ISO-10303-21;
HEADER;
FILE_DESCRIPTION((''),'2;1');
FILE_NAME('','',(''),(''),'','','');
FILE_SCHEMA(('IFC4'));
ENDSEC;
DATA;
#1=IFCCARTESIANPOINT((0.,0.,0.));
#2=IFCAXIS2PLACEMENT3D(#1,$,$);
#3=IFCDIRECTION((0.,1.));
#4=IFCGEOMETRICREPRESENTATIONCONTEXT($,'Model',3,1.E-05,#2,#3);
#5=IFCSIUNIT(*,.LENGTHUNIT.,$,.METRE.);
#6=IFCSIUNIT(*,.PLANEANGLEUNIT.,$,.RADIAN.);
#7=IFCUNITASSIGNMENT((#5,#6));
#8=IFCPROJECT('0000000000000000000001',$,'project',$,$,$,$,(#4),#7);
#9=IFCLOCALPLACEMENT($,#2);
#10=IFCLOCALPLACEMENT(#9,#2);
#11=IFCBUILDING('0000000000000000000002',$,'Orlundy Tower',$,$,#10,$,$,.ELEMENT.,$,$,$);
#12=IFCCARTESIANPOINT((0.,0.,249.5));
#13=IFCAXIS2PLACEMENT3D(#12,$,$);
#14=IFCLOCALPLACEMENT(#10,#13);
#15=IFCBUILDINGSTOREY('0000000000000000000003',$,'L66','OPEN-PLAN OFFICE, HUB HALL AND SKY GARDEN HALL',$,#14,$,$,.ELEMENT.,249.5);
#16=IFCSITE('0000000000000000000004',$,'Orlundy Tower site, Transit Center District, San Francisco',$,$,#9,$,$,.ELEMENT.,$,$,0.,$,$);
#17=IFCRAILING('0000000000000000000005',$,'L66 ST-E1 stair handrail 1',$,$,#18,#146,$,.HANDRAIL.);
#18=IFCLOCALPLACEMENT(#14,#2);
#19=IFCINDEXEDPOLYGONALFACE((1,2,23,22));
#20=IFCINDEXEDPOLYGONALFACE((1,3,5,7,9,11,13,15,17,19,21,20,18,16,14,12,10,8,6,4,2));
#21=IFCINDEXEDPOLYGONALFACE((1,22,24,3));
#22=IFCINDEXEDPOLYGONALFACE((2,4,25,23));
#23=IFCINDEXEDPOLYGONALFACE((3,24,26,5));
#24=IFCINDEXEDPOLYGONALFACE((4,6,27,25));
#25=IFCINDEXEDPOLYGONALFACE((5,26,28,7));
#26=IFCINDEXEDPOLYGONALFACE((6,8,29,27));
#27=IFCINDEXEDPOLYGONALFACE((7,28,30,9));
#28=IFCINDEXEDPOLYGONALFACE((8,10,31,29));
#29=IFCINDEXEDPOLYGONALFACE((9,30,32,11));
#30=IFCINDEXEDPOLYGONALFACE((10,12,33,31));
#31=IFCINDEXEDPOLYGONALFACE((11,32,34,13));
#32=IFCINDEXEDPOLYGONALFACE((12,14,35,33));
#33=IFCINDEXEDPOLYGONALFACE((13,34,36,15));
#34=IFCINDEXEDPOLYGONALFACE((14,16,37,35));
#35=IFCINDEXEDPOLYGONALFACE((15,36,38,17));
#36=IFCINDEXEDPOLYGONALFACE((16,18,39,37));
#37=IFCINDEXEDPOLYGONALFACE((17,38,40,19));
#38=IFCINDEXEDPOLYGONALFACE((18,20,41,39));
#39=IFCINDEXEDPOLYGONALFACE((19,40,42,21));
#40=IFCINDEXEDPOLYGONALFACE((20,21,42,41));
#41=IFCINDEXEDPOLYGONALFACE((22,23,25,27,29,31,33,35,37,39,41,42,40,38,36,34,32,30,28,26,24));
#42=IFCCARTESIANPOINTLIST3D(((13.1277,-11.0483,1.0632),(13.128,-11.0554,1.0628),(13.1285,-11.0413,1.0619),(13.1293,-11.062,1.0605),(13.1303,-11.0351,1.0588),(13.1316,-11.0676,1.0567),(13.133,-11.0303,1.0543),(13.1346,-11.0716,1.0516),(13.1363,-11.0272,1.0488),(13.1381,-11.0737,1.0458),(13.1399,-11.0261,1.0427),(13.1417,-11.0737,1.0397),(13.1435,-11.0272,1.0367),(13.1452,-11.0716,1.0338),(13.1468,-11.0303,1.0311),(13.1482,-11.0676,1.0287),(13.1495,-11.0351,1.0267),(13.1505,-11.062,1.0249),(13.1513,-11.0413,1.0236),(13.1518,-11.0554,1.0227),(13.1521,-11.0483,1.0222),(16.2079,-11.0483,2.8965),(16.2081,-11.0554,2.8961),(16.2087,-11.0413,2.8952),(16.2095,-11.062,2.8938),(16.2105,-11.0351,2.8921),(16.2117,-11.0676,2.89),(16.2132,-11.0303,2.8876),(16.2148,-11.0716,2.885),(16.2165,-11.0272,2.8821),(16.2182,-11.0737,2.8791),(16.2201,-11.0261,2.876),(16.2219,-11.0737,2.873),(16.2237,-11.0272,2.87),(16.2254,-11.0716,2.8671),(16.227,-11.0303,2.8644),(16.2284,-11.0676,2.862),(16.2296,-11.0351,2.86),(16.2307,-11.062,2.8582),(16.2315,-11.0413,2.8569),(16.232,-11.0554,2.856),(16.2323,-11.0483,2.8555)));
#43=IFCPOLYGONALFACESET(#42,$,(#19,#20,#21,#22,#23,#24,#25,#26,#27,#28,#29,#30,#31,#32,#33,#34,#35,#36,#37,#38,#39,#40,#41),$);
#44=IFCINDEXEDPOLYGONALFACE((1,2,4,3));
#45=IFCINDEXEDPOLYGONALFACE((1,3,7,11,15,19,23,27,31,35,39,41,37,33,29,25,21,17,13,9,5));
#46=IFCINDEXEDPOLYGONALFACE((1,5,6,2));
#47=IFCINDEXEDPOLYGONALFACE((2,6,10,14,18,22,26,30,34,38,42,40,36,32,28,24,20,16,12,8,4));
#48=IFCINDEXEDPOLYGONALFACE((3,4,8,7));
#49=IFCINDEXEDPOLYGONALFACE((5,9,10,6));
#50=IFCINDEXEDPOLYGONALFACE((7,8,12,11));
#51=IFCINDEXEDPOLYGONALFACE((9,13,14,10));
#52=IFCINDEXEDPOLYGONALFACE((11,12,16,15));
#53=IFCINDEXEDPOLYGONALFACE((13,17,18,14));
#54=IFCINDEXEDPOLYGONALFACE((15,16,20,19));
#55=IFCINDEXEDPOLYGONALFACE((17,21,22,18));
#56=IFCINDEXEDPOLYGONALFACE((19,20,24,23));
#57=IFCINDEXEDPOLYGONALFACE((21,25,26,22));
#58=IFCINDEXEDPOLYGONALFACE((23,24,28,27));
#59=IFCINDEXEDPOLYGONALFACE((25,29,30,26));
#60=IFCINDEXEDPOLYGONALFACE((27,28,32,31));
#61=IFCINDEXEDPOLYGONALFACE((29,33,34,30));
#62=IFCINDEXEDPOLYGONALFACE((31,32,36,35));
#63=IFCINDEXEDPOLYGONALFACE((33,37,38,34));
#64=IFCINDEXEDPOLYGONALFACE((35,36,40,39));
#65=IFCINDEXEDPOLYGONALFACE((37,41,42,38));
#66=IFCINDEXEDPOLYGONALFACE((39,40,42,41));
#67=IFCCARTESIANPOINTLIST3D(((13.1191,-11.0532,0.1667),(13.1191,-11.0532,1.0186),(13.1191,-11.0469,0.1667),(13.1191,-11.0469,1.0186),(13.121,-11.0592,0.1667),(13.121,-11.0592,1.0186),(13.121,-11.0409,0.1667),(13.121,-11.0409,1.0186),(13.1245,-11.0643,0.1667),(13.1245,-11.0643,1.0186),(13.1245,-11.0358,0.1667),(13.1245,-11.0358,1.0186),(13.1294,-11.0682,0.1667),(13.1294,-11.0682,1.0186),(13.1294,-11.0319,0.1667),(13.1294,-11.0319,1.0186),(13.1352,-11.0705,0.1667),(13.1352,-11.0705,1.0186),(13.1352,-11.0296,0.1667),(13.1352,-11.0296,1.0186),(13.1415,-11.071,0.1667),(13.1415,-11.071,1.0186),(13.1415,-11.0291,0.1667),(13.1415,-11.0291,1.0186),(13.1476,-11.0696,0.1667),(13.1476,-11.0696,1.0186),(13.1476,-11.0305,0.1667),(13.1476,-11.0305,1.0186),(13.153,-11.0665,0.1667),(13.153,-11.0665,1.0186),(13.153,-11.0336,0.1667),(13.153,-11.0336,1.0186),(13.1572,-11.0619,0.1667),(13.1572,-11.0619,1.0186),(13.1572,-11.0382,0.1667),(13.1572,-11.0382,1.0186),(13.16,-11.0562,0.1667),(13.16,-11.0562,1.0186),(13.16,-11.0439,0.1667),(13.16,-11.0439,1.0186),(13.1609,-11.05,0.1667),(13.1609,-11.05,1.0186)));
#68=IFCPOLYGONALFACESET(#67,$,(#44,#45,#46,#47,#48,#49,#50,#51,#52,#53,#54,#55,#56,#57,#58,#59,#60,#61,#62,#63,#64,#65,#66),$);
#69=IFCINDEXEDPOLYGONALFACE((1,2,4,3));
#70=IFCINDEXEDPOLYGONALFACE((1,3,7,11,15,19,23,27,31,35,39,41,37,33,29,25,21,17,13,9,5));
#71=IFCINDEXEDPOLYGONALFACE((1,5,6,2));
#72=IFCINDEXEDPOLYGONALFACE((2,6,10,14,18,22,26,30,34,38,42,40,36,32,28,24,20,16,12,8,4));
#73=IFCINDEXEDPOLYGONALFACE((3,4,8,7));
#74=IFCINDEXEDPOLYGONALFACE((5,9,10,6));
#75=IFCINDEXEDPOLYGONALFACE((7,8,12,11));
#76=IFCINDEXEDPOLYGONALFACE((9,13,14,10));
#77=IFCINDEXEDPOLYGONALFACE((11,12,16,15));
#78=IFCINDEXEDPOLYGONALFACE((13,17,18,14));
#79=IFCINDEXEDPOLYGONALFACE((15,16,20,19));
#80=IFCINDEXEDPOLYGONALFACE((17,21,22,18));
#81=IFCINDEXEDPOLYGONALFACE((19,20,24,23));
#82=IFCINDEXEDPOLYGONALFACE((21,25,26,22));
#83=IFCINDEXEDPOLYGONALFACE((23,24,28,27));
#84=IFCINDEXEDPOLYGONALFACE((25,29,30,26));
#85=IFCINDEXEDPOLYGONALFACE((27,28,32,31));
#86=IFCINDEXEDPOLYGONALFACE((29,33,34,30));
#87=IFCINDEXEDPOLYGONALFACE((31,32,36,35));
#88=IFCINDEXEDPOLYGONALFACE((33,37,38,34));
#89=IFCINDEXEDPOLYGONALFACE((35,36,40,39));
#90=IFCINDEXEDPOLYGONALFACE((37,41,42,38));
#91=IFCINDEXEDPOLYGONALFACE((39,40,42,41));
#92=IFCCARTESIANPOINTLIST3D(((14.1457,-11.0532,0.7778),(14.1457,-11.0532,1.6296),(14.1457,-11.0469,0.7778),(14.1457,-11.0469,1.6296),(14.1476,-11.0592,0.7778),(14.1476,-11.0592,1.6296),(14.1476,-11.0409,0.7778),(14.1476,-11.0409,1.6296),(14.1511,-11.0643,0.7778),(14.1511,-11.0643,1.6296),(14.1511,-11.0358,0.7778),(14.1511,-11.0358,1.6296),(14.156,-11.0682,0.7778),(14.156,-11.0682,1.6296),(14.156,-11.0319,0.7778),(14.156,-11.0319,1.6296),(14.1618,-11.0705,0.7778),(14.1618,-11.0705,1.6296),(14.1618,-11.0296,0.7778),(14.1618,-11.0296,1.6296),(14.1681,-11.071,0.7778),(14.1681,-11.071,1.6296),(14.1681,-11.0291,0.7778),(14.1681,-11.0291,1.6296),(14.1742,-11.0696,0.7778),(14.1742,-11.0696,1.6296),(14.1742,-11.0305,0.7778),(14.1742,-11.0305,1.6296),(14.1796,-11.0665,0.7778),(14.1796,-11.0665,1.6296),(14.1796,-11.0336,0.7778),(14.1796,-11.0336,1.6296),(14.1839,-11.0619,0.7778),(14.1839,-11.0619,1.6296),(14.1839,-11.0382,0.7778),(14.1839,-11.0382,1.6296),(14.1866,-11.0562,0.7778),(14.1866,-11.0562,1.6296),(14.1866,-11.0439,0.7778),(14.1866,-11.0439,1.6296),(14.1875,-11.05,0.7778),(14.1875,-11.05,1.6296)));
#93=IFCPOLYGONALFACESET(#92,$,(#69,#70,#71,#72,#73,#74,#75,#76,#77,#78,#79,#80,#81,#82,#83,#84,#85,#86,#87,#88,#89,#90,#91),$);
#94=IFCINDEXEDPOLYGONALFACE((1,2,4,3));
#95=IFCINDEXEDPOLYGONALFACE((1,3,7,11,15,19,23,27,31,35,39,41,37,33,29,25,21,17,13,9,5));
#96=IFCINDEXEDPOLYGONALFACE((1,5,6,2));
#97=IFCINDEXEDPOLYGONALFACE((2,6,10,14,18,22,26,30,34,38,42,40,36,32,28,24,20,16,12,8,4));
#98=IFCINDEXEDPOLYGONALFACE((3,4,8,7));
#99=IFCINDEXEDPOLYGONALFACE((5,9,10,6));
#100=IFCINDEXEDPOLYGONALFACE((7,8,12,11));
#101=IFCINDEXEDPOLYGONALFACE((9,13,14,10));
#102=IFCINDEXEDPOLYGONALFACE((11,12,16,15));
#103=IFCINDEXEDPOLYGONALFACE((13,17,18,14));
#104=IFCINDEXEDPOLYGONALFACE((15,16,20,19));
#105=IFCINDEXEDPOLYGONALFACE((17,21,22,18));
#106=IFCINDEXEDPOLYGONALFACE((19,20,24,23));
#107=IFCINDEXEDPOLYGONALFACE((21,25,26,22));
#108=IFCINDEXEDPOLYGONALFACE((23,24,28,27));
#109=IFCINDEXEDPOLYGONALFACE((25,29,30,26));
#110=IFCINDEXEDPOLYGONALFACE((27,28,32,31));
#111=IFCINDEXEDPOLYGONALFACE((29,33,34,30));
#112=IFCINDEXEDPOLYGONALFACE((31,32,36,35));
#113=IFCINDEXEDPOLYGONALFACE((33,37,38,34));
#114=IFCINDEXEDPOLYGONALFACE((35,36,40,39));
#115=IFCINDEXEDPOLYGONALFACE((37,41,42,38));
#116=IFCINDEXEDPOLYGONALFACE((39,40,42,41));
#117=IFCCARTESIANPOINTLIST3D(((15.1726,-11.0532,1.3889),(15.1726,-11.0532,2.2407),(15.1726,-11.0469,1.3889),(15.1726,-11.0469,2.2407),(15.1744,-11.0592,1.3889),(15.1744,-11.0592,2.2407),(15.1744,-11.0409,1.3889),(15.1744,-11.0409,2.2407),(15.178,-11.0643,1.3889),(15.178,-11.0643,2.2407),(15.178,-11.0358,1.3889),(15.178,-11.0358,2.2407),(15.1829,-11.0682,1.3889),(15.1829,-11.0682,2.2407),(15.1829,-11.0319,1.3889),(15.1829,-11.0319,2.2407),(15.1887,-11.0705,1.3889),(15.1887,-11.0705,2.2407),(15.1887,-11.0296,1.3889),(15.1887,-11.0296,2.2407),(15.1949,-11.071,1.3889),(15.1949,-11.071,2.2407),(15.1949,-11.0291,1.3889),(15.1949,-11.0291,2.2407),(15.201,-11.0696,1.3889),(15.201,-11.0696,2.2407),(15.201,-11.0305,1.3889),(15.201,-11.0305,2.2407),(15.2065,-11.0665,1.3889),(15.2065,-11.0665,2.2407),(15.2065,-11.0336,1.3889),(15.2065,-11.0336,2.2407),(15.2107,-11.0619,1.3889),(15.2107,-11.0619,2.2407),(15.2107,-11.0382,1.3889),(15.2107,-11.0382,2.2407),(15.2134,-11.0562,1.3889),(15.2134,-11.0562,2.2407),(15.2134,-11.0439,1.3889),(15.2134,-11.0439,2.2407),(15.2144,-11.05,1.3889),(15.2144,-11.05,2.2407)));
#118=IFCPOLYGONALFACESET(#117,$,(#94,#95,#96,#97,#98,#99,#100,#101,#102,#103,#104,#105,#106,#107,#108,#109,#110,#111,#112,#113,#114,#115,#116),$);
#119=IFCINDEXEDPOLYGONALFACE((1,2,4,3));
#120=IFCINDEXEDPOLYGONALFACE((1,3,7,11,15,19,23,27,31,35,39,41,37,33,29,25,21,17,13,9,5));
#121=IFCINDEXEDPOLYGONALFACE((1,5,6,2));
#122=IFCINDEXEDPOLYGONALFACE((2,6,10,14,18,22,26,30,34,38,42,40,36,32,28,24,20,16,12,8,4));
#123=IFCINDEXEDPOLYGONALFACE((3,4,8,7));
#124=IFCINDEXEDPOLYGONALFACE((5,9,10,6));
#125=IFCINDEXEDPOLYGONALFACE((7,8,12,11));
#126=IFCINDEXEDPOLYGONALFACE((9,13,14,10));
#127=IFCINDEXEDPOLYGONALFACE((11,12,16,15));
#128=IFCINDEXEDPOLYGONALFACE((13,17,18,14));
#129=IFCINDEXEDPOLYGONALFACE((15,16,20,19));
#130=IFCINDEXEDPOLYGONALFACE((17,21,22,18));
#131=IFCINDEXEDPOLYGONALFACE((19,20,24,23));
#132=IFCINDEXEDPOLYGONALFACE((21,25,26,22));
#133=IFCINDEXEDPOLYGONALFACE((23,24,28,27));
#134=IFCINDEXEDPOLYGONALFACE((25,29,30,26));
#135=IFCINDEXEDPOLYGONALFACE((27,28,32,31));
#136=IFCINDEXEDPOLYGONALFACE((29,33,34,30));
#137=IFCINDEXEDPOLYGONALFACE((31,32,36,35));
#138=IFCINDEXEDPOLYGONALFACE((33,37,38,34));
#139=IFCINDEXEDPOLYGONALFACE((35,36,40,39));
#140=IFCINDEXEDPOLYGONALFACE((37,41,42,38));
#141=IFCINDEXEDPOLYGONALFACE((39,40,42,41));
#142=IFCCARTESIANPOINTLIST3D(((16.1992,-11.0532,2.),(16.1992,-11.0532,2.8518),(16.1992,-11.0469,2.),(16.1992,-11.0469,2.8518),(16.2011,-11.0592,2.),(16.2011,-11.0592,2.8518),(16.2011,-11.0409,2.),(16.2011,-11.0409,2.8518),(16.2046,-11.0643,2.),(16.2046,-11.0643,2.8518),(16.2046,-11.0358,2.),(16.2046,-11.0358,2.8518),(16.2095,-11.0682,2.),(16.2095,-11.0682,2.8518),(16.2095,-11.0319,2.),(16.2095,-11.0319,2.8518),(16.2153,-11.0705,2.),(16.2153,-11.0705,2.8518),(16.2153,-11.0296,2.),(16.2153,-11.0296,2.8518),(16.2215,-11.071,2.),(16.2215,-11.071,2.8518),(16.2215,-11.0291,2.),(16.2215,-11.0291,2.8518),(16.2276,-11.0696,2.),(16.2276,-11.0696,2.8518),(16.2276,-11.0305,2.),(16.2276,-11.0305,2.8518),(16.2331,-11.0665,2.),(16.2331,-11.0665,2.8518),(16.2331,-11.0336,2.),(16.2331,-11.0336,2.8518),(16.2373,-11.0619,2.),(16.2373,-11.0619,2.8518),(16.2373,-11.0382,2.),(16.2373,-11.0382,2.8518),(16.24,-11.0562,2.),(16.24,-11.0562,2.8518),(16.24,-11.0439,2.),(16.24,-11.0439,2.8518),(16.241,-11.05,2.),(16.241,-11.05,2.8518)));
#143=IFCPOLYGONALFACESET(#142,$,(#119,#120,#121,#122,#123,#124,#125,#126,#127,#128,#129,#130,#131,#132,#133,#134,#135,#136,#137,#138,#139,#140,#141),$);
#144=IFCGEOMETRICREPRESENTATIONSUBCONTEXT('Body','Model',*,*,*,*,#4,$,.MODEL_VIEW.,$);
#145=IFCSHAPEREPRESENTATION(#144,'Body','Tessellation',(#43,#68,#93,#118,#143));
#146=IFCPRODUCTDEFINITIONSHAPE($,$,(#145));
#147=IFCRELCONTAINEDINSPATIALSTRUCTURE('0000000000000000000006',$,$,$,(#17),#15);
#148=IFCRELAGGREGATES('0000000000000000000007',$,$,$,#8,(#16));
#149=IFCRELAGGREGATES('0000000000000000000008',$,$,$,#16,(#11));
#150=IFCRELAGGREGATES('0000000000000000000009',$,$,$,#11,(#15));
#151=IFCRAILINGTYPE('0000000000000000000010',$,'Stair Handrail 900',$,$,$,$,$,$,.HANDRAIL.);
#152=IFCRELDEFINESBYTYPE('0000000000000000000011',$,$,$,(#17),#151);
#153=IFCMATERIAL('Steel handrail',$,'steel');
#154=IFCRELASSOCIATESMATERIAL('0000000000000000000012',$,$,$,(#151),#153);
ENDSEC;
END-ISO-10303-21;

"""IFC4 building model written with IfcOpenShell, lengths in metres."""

from ifc_helpers import new_model, si_unit, direction, frame, origin, origin_2d, place, context, subcontext, project, spatial, circle, extrude, material, type_object, element, save


model = new_model("IFC4")

# Units and contexts
model_context = context("Model", 3, precision=1e-05, world=origin(), true_north=direction((0.0, 1.0)))
body_context = subcontext(model_context, "Body", "Model", "MODEL_VIEW")
ifc_project = project(units=[si_unit("LENGTHUNIT", "METRE"), si_unit("PLANEANGLEUNIT", "RADIAN")], contexts=[model_context])

# Site, building, storey
site_placement = place(None, origin())
site = spatial("IfcSite", under=ifc_project, at=site_placement, Name="Orlundy Tower site, Transit Center District, San Francisco", CompositionType="ELEMENT", RefElevation=0.0)
building_placement = place(site_placement, origin())
building = spatial("IfcBuilding", under=site, at=building_placement, Name="Orlundy Tower", CompositionType="ELEMENT")
storey_placement = place(building_placement, frame((0.0, 0.0, 249.5)))
storey = spatial("IfcBuildingStorey", under=building, at=storey_placement, Name="L66", Description="OPEN-PLAN OFFICE, HUB HALL AND SKY GARDEN HALL", CompositionType="ELEMENT", Elevation=249.5)

# Railing
ifc_material_1 = material(Name="Steel handrail", Category="steel")
railing_type_1 = type_object("IfcRailingType", Name="Stair Handrail 900", PredefinedType="HANDRAIL", material=ifc_material_1)
railing_1_placement = place(storey_placement, frame((13.1399, -11.05, 0.1667)))
element("IfcRailing", 1, at=railing_1_placement, inside=storey, type_object=railing_type_1, Name="L66 ST-E1 stair handrail 1", PredefinedType="HANDRAIL", context=body_context, shape_type="SweptSolid", body=[
    extrude(circle(Radius=0.0239, at=origin_2d()), frame((0.0, 0.0, 0.876), z_axis=(0.859309, 0.0, 0.511458), x_axis=(0.0, 1.0, 0.0)), (0.0, 0.0, 1.0), 3.5845),
    extrude(circle(Radius=0.021, at=origin_2d()), origin(), (0.0, 0.0, 1.0), 0.8518),
    extrude(circle(Radius=0.021, at=origin_2d()), frame((1.0266, 0.0, 0.6111)), (0.0, 0.0, 1.0), 0.8518),
    extrude(circle(Radius=0.021, at=origin_2d()), frame((2.0535, 0.0, 1.2222)), (0.0, 0.0, 1.0), 0.8518),
    extrude(circle(Radius=0.021, at=origin_2d()), frame((3.0801, 0.0, 1.8333)), (0.0, 0.0, 1.0), 0.8518),
])

save(model, "model.ifc")
